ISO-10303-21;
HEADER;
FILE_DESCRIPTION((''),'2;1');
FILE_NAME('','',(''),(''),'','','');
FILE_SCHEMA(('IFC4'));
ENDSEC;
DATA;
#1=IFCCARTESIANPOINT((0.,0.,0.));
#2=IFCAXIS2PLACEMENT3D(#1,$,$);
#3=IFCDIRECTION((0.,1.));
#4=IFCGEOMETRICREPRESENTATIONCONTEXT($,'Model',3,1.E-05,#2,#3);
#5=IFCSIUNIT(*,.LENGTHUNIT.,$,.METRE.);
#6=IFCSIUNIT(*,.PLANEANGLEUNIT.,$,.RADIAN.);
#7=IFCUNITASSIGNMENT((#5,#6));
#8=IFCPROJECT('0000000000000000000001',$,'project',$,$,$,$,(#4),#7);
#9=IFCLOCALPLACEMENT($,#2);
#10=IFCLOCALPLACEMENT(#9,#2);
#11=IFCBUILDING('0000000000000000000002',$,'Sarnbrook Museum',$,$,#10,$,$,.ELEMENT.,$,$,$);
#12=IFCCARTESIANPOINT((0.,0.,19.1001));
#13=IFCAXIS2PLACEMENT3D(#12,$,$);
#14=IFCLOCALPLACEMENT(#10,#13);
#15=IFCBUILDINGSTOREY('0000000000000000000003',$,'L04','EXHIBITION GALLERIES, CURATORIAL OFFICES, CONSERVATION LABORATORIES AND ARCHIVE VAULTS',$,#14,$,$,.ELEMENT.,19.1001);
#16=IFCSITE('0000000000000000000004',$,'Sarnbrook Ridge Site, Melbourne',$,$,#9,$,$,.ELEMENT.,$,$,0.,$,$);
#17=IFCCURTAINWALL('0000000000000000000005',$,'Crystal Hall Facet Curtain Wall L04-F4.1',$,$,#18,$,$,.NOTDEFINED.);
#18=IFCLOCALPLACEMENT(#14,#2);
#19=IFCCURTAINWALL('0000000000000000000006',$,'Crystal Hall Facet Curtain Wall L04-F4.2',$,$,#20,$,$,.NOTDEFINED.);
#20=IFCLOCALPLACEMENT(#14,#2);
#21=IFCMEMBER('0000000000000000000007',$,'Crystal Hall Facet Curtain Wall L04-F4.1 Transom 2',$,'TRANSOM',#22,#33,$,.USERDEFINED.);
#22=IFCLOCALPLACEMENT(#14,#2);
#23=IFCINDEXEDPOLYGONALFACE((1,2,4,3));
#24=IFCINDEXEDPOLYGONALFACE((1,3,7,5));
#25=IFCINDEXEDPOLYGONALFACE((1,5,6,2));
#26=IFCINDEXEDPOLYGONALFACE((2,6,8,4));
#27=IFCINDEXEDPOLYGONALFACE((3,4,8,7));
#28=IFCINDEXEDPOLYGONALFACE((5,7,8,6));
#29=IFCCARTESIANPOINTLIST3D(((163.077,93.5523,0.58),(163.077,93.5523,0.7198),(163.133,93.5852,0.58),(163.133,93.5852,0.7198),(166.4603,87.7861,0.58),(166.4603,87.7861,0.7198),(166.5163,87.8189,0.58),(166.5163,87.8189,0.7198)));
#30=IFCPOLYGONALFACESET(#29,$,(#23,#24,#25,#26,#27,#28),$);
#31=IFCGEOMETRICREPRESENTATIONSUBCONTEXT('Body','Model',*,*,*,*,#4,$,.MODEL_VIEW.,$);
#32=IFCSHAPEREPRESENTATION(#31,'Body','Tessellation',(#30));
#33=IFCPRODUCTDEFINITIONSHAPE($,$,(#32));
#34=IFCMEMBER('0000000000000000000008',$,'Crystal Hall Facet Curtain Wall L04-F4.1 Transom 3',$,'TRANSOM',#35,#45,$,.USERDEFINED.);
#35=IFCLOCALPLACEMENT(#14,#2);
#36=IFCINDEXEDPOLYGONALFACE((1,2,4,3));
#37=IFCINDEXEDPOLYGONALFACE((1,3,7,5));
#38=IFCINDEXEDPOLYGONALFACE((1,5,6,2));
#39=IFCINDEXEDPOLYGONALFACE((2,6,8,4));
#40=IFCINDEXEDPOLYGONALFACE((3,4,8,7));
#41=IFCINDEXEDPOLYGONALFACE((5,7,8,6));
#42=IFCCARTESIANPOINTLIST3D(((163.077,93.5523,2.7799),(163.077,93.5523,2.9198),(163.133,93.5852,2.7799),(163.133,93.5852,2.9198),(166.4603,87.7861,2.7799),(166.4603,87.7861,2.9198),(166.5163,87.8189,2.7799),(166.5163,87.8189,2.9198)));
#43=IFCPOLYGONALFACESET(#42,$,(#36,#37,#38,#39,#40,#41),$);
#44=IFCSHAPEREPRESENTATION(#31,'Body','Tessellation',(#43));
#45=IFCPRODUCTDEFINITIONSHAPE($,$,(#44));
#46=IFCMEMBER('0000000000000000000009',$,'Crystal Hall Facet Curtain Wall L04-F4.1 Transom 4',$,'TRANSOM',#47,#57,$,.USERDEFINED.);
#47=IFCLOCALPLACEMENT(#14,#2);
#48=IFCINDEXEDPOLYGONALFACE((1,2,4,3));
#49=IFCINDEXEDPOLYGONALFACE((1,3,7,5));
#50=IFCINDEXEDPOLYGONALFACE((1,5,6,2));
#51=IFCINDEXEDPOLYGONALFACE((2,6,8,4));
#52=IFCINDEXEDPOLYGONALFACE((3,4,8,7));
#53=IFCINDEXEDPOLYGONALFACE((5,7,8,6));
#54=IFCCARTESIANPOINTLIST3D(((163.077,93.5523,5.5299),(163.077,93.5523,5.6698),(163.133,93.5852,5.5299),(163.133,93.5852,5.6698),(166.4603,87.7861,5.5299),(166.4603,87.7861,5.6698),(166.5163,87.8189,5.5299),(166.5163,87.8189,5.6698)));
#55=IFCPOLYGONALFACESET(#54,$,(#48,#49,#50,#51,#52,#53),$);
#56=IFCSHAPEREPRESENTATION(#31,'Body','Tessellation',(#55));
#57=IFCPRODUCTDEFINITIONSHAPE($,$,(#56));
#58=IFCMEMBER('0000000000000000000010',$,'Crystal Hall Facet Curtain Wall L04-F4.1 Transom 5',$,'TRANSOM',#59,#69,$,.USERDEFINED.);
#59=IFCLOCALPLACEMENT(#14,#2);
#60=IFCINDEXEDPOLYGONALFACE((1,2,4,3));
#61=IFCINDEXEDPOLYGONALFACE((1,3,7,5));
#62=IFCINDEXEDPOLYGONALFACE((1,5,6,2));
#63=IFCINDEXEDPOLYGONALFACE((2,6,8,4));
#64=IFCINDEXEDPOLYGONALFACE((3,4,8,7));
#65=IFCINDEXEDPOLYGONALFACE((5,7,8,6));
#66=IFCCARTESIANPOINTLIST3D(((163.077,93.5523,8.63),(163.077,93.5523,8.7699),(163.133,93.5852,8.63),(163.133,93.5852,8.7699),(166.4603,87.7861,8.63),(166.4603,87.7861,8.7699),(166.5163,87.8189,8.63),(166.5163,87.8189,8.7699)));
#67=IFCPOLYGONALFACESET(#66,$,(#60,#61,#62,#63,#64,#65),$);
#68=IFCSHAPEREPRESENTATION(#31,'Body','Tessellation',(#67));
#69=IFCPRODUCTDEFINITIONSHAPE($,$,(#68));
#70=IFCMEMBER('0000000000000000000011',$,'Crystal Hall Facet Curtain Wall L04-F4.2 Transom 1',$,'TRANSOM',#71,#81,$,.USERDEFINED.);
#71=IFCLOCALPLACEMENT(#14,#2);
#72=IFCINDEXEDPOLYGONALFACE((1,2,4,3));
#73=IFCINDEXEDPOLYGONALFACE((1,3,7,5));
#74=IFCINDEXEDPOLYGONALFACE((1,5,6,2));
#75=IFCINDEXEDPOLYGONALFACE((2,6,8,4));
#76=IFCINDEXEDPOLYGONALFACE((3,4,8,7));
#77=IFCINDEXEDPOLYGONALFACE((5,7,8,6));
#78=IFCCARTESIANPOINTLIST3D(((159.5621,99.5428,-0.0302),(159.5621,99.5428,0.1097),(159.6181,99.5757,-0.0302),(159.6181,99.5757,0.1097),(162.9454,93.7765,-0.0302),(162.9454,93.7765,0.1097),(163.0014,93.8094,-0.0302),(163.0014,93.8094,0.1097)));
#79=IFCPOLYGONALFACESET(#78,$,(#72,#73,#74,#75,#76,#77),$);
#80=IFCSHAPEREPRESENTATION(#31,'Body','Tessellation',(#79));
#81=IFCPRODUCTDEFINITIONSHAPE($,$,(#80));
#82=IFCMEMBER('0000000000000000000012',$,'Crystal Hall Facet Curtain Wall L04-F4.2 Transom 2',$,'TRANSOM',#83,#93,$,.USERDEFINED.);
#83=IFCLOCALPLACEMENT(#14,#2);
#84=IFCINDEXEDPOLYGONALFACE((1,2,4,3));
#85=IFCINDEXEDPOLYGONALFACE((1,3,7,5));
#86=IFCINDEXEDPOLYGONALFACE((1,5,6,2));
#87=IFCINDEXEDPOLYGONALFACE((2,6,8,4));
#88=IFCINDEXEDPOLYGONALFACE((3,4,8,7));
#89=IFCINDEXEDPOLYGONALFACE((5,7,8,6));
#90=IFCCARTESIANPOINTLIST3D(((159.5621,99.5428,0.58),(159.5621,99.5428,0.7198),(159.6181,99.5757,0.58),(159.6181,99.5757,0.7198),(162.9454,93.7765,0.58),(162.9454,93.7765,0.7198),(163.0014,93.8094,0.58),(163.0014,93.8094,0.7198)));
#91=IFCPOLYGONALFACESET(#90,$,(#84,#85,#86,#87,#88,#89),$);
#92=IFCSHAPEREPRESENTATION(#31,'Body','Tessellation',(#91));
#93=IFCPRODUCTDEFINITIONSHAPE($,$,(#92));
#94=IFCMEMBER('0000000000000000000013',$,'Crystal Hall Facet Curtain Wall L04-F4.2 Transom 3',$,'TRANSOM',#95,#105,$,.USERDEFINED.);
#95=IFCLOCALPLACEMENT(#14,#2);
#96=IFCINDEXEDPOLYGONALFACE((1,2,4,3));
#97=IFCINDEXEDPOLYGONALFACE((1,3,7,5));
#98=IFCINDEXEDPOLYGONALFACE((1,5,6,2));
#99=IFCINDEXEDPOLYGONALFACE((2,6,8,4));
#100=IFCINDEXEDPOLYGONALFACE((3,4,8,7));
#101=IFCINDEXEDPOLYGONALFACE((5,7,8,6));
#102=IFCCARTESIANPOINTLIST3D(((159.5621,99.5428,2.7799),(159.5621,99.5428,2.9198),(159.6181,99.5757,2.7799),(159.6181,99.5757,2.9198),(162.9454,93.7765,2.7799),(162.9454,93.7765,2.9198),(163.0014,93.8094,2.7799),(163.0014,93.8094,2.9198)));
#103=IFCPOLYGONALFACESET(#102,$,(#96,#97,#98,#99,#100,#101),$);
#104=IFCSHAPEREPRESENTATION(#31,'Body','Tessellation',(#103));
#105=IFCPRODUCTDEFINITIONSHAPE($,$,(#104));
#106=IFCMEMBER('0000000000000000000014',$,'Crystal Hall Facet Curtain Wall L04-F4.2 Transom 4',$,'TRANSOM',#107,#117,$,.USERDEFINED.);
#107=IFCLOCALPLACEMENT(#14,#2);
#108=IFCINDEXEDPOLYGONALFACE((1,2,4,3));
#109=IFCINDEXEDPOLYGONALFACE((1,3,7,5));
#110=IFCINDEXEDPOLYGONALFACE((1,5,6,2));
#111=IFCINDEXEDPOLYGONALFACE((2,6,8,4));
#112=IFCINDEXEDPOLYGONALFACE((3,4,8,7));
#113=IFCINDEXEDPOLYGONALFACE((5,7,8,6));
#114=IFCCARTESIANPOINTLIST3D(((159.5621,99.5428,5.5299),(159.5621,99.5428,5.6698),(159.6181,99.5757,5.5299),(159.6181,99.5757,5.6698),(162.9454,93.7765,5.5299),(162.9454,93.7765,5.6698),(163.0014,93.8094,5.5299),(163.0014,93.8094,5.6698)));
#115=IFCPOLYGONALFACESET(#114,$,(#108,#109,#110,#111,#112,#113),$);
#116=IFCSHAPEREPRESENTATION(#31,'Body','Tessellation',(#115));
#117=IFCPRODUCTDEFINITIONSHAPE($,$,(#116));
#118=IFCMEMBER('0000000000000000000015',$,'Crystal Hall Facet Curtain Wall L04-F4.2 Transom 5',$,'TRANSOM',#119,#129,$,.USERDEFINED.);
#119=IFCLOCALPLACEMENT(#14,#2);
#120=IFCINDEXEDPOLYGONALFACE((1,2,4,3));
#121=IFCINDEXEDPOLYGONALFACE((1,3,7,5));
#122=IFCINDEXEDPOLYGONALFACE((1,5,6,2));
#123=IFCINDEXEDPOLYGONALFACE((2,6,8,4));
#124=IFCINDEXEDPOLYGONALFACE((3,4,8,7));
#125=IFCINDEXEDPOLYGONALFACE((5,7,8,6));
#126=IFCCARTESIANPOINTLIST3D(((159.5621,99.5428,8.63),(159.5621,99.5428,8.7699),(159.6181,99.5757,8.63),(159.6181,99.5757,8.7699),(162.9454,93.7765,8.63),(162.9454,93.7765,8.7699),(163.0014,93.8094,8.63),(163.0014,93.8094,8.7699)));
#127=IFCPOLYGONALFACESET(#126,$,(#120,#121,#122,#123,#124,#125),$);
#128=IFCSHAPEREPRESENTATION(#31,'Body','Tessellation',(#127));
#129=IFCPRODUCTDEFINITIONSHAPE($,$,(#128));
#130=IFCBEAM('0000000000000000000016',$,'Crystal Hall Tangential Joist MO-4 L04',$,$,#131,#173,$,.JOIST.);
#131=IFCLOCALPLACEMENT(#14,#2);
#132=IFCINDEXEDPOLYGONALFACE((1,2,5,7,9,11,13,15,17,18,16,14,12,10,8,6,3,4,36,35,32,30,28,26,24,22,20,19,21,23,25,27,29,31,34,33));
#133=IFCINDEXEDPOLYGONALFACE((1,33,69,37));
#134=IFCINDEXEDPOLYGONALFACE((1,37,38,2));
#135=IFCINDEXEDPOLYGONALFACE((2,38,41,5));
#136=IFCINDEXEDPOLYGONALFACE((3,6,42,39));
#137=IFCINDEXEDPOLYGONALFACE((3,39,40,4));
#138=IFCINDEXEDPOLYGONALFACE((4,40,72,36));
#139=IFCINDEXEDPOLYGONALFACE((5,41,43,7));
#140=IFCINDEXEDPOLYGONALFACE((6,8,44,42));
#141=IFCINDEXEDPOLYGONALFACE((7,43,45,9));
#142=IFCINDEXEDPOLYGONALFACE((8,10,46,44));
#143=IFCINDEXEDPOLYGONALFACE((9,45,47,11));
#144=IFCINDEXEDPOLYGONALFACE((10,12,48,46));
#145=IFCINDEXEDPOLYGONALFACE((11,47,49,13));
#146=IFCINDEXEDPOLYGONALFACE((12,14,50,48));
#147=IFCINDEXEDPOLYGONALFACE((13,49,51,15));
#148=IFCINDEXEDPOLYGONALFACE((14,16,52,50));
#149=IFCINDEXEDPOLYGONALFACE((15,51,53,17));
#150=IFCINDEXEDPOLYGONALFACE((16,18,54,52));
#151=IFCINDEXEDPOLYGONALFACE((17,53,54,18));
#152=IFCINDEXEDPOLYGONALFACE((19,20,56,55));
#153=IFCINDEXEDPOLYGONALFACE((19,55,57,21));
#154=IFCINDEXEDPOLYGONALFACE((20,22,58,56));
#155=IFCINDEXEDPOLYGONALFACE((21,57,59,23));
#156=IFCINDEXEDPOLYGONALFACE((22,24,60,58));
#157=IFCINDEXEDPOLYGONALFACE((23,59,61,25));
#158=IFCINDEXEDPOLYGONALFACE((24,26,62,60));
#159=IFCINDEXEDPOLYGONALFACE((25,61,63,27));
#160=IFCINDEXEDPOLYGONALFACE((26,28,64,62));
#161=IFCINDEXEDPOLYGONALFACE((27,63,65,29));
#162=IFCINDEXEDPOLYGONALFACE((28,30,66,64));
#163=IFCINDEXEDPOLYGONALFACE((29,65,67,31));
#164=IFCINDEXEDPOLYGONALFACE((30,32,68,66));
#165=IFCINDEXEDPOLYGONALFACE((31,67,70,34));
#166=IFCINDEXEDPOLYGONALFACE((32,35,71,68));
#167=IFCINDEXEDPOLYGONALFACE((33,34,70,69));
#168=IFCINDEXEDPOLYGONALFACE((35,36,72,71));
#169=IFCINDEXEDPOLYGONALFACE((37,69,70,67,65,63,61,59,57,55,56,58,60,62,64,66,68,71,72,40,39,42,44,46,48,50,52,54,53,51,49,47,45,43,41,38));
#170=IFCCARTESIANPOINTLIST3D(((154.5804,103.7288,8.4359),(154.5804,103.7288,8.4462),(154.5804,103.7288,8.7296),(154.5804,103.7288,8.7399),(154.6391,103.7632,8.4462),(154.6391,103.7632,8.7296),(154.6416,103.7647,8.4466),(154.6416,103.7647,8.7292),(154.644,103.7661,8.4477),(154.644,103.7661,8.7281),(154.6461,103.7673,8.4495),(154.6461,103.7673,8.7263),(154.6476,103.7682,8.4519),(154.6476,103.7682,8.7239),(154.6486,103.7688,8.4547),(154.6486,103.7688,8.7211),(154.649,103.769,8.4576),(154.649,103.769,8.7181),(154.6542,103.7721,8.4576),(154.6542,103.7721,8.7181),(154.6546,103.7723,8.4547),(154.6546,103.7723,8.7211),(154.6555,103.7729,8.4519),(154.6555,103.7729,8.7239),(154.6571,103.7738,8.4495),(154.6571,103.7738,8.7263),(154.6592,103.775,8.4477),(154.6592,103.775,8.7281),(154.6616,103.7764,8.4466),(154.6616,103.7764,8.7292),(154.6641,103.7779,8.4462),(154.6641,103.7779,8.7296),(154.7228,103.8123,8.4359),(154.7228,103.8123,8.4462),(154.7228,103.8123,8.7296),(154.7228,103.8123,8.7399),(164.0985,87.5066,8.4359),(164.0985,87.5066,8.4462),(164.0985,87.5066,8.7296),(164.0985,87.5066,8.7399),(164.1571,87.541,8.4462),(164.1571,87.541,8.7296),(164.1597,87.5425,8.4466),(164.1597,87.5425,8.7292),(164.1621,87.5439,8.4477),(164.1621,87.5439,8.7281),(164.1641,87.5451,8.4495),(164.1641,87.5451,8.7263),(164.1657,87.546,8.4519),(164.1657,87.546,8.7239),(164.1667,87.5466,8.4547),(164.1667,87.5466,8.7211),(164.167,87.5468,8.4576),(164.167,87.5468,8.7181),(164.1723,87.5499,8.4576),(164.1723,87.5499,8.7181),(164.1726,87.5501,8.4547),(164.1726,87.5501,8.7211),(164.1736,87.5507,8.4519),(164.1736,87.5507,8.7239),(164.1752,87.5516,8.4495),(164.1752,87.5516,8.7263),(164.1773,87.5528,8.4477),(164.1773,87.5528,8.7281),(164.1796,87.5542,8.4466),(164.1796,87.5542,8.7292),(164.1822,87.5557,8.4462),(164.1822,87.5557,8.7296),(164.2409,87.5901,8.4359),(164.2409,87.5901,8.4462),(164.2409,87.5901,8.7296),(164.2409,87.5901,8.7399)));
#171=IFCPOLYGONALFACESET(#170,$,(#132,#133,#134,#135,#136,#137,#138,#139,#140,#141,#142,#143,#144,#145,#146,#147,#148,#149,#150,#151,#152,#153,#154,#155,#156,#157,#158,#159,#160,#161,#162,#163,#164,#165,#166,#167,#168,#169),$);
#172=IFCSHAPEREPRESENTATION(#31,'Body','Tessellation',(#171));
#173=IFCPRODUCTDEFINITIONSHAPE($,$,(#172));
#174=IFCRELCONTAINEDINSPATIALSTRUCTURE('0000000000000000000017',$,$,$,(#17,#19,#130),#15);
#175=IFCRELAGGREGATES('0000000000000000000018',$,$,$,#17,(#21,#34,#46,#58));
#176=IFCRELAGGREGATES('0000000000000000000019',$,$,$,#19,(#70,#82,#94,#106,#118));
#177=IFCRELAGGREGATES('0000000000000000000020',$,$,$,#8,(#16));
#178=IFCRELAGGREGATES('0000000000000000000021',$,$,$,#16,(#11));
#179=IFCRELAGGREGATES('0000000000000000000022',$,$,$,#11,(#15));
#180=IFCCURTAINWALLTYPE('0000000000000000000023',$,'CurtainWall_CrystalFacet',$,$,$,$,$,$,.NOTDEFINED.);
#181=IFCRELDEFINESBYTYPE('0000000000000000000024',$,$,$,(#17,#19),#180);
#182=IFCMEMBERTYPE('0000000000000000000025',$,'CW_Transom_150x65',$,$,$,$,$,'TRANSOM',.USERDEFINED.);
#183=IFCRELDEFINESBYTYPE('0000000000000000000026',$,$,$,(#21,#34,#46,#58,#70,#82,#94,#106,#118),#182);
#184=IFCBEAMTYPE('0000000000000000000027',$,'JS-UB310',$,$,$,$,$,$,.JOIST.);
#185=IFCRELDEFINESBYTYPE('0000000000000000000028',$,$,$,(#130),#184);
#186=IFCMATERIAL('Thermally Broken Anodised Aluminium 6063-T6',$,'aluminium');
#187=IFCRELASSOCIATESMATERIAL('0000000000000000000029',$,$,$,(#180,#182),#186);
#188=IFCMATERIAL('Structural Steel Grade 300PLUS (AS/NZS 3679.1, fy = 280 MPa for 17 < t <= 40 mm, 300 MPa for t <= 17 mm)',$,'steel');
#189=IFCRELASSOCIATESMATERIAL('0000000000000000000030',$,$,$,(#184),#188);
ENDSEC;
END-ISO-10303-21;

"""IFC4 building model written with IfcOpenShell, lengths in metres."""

from ifc_helpers import new_model, si_unit, direction, frame, origin, origin_2d, place, context, subcontext, project, spatial, rectangle, i_section, extrude, material, material_profile, profile_set, type_object, element, aggregate, save


model = new_model("IFC4")

# Units and contexts
model_context = context("Model", 3, precision=1e-05, world=origin(), true_north=direction((0.0, 1.0)))
body_context = subcontext(model_context, "Body", "Model", "MODEL_VIEW")
ifc_project = project(units=[si_unit("LENGTHUNIT", "METRE"), si_unit("PLANEANGLEUNIT", "RADIAN")], contexts=[model_context])

# Site, building, storey
site_placement = place(None, origin())
site = spatial("IfcSite", under=ifc_project, at=site_placement, Name="Sarnbrook Ridge Site, Melbourne", CompositionType="ELEMENT", RefElevation=0.0)
building_placement = place(site_placement, origin())
building = spatial("IfcBuilding", under=site, at=building_placement, Name="Sarnbrook Museum", CompositionType="ELEMENT")
storey_placement = place(building_placement, frame((0.0, 0.0, 19.1001)))
storey = spatial("IfcBuildingStorey", under=building, at=storey_placement, Name="L04", Description="EXHIBITION GALLERIES, CURATORIAL OFFICES, CONSERVATION LABORATORIES AND ARCHIVE VAULTS", CompositionType="ELEMENT", Elevation=19.1001)

# Shared definitions
ifc_material_1 = material(Name="Thermally Broken Anodised Aluminium 6063-T6", Category="aluminium")
curtain_wall_type = type_object("IfcCurtainWallType", Name="CurtainWall_CrystalFacet", PredefinedType="NOTDEFINED", material=ifc_material_1)

# Curtain wall
curtain_wall_1_placement = place(storey_placement, origin())
curtain_wall_1 = element("IfcCurtainWall", 1, at=curtain_wall_1_placement, inside=storey, type_object=curtain_wall_type, Name="Crystal Hall Facet Curtain Wall L04-F4.1", PredefinedType="NOTDEFINED")

# Curtain wall
curtain_wall_2_placement = place(storey_placement, origin())
curtain_wall_2 = element("IfcCurtainWall", 2, at=curtain_wall_2_placement, inside=storey, type_object=curtain_wall_type, Name="Crystal Hall Facet Curtain Wall L04-F4.2", PredefinedType="NOTDEFINED")

# Members
ifc_material_profile_1 = material_profile(ifc_material_1, rectangle(XDim=0.0649, YDim=0.1399, at=origin_2d()), Name="ALU TRANSOM 65x140")
ifc_profile_set_1 = profile_set([ifc_material_profile_1], Name="Thermally Broken Anodised Aluminium 6063-T6")
member_type_1 = type_object("IfcMemberType", Name="CW_Transom_150x65", ElementType="TRANSOM", PredefinedType="USERDEFINED", material=ifc_profile_set_1)
member_1_placement = place(storey_placement, frame((166.4883, 87.8025, 0.6499), z_axis=(-0.506056, 0.862501, 0.0), x_axis=(-0.862501, -0.506056, 0.0)))
member_1 = element("IfcMember", 3, at=member_1_placement, type_object=member_type_1, Name="Crystal Hall Facet Curtain Wall L04-F4.1 Transom 2", ObjectType="TRANSOM", PredefinedType="USERDEFINED", context=body_context, shape_type="SweptSolid", body=[
    extrude(rectangle(XDim=0.0649, YDim=0.1399, at=origin_2d()), origin(), (0.0, 0.0, 1.0), 6.6855),
])
member_2_placement = place(storey_placement, frame((166.4883, 87.8025, 2.8499), z_axis=(-0.506056, 0.862501, 0.0), x_axis=(-0.862501, -0.506056, 0.0)))
member_2 = element("IfcMember", 4, at=member_2_placement, type_object=member_type_1, Name="Crystal Hall Facet Curtain Wall L04-F4.1 Transom 3", ObjectType="TRANSOM", PredefinedType="USERDEFINED", context=body_context, shape_type="SweptSolid", body=[
    extrude(rectangle(XDim=0.0649, YDim=0.1399, at=origin_2d()), origin(), (0.0, 0.0, 1.0), 6.6855),
])
member_3_placement = place(storey_placement, frame((166.4883, 87.8025, 5.5999), z_axis=(-0.506056, 0.862501, 0.0), x_axis=(-0.862501, -0.506056, 0.0)))
member_3 = element("IfcMember", 5, at=member_3_placement, type_object=member_type_1, Name="Crystal Hall Facet Curtain Wall L04-F4.1 Transom 4", ObjectType="TRANSOM", PredefinedType="USERDEFINED", context=body_context, shape_type="SweptSolid", body=[
    extrude(rectangle(XDim=0.0649, YDim=0.1399, at=origin_2d()), origin(), (0.0, 0.0, 1.0), 6.6855),
])
member_4_placement = place(storey_placement, frame((166.4883, 87.8025, 8.7), z_axis=(-0.506056, 0.862501, 0.0), x_axis=(-0.862501, -0.506056, 0.0)))
member_4 = element("IfcMember", 6, at=member_4_placement, type_object=member_type_1, Name="Crystal Hall Facet Curtain Wall L04-F4.1 Transom 5", ObjectType="TRANSOM", PredefinedType="USERDEFINED", context=body_context, shape_type="SweptSolid", body=[
    extrude(rectangle(XDim=0.0649, YDim=0.1399, at=origin_2d()), origin(), (0.0, 0.0, 1.0), 6.6855),
])
member_5_placement = place(storey_placement, frame((162.9734, 93.793, 0.0398), z_axis=(-0.506056, 0.862501, 0.0), x_axis=(-0.862501, -0.506056, 0.0)))
member_5 = element("IfcMember", 7, at=member_5_placement, type_object=member_type_1, Name="Crystal Hall Facet Curtain Wall L04-F4.2 Transom 1", ObjectType="TRANSOM", PredefinedType="USERDEFINED", context=body_context, shape_type="SweptSolid", body=[
    extrude(rectangle(XDim=0.0649, YDim=0.1399, at=origin_2d()), origin(), (0.0, 0.0, 1.0), 6.6855),
])
member_6_placement = place(storey_placement, frame((162.9734, 93.793, 0.6499), z_axis=(-0.506056, 0.862501, 0.0), x_axis=(-0.862501, -0.506056, 0.0)))
member_6 = element("IfcMember", 8, at=member_6_placement, type_object=member_type_1, Name="Crystal Hall Facet Curtain Wall L04-F4.2 Transom 2", ObjectType="TRANSOM", PredefinedType="USERDEFINED", context=body_context, shape_type="SweptSolid", body=[
    extrude(rectangle(XDim=0.0649, YDim=0.1399, at=origin_2d()), origin(), (0.0, 0.0, 1.0), 6.6855),
])
member_7_placement = place(storey_placement, frame((162.9734, 93.793, 2.8499), z_axis=(-0.506056, 0.862501, 0.0), x_axis=(-0.862501, -0.506056, 0.0)))
member_7 = element("IfcMember", 9, at=member_7_placement, type_object=member_type_1, Name="Crystal Hall Facet Curtain Wall L04-F4.2 Transom 3", ObjectType="TRANSOM", PredefinedType="USERDEFINED", context=body_context, shape_type="SweptSolid", body=[
    extrude(rectangle(XDim=0.0649, YDim=0.1399, at=origin_2d()), origin(), (0.0, 0.0, 1.0), 6.6855),
])
member_8_placement = place(storey_placement, frame((162.9734, 93.793, 5.5999), z_axis=(-0.506056, 0.862501, 0.0), x_axis=(-0.862501, -0.506056, 0.0)))
member_8 = element("IfcMember", 10, at=member_8_placement, type_object=member_type_1, Name="Crystal Hall Facet Curtain Wall L04-F4.2 Transom 4", ObjectType="TRANSOM", PredefinedType="USERDEFINED", context=body_context, shape_type="SweptSolid", body=[
    extrude(rectangle(XDim=0.0649, YDim=0.1399, at=origin_2d()), origin(), (0.0, 0.0, 1.0), 6.6855),
])
member_9_placement = place(storey_placement, frame((162.9734, 93.793, 8.7), z_axis=(-0.506056, 0.862501, 0.0), x_axis=(-0.862501, -0.506056, 0.0)))
member_9 = element("IfcMember", 11, at=member_9_placement, type_object=member_type_1, Name="Crystal Hall Facet Curtain Wall L04-F4.2 Transom 5", ObjectType="TRANSOM", PredefinedType="USERDEFINED", context=body_context, shape_type="SweptSolid", body=[
    extrude(rectangle(XDim=0.0649, YDim=0.1399, at=origin_2d()), origin(), (0.0, 0.0, 1.0), 6.6855),
])

# Beam
ifc_material_2 = material(Name="Structural Steel Grade 300PLUS (AS/NZS 3679.1, fy = 280 MPa for 17 < t <= 40 mm, 300 MPa for t <= 17 mm)", Category="steel")
ifc_material_profile_2 = material_profile(ifc_material_2, i_section(OverallWidth=0.165, OverallDepth=0.304, WebThickness=0.0061, FlangeThickness=0.0103, FilletRadius=0.0115, at=origin_2d()), Name="310UB40.4")
ifc_profile_set_2 = profile_set([ifc_material_profile_2], Name="Structural Steel Grade 300PLUS (AS/NZS 3679.1, fy = 280 MPa for 17 < t <= 40 mm, 300 MPa for t <= 17 mm)")
beam_type_1 = type_object("IfcBeamType", Name="JS-UB310", PredefinedType="JOIST", material=ifc_profile_set_2)
beam_1_placement = place(storey_placement, frame((164.1697, 87.5483, 8.5879), z_axis=(-0.506057, 0.8625, 0.0), x_axis=(-0.8625, -0.506057, 0.0)))
element("IfcBeam", 12, at=beam_1_placement, inside=storey, type_object=beam_type_1, Name="Crystal Hall Tangential Joist MO-4 L04", PredefinedType="JOIST", context=body_context, shape_type="SweptSolid", body=[
    extrude(i_section(OverallWidth=0.165, OverallDepth=0.304, WebThickness=0.0061, FlangeThickness=0.0103, FilletRadius=0.0115, at=origin_2d()), origin(), (0.0, 0.0, 1.0), 18.8083),
])

aggregate(curtain_wall_1, [member_1, member_2, member_3, member_4])
aggregate(curtain_wall_2, [member_5, member_6, member_7, member_8, member_9])

save(model, "model.ifc")
